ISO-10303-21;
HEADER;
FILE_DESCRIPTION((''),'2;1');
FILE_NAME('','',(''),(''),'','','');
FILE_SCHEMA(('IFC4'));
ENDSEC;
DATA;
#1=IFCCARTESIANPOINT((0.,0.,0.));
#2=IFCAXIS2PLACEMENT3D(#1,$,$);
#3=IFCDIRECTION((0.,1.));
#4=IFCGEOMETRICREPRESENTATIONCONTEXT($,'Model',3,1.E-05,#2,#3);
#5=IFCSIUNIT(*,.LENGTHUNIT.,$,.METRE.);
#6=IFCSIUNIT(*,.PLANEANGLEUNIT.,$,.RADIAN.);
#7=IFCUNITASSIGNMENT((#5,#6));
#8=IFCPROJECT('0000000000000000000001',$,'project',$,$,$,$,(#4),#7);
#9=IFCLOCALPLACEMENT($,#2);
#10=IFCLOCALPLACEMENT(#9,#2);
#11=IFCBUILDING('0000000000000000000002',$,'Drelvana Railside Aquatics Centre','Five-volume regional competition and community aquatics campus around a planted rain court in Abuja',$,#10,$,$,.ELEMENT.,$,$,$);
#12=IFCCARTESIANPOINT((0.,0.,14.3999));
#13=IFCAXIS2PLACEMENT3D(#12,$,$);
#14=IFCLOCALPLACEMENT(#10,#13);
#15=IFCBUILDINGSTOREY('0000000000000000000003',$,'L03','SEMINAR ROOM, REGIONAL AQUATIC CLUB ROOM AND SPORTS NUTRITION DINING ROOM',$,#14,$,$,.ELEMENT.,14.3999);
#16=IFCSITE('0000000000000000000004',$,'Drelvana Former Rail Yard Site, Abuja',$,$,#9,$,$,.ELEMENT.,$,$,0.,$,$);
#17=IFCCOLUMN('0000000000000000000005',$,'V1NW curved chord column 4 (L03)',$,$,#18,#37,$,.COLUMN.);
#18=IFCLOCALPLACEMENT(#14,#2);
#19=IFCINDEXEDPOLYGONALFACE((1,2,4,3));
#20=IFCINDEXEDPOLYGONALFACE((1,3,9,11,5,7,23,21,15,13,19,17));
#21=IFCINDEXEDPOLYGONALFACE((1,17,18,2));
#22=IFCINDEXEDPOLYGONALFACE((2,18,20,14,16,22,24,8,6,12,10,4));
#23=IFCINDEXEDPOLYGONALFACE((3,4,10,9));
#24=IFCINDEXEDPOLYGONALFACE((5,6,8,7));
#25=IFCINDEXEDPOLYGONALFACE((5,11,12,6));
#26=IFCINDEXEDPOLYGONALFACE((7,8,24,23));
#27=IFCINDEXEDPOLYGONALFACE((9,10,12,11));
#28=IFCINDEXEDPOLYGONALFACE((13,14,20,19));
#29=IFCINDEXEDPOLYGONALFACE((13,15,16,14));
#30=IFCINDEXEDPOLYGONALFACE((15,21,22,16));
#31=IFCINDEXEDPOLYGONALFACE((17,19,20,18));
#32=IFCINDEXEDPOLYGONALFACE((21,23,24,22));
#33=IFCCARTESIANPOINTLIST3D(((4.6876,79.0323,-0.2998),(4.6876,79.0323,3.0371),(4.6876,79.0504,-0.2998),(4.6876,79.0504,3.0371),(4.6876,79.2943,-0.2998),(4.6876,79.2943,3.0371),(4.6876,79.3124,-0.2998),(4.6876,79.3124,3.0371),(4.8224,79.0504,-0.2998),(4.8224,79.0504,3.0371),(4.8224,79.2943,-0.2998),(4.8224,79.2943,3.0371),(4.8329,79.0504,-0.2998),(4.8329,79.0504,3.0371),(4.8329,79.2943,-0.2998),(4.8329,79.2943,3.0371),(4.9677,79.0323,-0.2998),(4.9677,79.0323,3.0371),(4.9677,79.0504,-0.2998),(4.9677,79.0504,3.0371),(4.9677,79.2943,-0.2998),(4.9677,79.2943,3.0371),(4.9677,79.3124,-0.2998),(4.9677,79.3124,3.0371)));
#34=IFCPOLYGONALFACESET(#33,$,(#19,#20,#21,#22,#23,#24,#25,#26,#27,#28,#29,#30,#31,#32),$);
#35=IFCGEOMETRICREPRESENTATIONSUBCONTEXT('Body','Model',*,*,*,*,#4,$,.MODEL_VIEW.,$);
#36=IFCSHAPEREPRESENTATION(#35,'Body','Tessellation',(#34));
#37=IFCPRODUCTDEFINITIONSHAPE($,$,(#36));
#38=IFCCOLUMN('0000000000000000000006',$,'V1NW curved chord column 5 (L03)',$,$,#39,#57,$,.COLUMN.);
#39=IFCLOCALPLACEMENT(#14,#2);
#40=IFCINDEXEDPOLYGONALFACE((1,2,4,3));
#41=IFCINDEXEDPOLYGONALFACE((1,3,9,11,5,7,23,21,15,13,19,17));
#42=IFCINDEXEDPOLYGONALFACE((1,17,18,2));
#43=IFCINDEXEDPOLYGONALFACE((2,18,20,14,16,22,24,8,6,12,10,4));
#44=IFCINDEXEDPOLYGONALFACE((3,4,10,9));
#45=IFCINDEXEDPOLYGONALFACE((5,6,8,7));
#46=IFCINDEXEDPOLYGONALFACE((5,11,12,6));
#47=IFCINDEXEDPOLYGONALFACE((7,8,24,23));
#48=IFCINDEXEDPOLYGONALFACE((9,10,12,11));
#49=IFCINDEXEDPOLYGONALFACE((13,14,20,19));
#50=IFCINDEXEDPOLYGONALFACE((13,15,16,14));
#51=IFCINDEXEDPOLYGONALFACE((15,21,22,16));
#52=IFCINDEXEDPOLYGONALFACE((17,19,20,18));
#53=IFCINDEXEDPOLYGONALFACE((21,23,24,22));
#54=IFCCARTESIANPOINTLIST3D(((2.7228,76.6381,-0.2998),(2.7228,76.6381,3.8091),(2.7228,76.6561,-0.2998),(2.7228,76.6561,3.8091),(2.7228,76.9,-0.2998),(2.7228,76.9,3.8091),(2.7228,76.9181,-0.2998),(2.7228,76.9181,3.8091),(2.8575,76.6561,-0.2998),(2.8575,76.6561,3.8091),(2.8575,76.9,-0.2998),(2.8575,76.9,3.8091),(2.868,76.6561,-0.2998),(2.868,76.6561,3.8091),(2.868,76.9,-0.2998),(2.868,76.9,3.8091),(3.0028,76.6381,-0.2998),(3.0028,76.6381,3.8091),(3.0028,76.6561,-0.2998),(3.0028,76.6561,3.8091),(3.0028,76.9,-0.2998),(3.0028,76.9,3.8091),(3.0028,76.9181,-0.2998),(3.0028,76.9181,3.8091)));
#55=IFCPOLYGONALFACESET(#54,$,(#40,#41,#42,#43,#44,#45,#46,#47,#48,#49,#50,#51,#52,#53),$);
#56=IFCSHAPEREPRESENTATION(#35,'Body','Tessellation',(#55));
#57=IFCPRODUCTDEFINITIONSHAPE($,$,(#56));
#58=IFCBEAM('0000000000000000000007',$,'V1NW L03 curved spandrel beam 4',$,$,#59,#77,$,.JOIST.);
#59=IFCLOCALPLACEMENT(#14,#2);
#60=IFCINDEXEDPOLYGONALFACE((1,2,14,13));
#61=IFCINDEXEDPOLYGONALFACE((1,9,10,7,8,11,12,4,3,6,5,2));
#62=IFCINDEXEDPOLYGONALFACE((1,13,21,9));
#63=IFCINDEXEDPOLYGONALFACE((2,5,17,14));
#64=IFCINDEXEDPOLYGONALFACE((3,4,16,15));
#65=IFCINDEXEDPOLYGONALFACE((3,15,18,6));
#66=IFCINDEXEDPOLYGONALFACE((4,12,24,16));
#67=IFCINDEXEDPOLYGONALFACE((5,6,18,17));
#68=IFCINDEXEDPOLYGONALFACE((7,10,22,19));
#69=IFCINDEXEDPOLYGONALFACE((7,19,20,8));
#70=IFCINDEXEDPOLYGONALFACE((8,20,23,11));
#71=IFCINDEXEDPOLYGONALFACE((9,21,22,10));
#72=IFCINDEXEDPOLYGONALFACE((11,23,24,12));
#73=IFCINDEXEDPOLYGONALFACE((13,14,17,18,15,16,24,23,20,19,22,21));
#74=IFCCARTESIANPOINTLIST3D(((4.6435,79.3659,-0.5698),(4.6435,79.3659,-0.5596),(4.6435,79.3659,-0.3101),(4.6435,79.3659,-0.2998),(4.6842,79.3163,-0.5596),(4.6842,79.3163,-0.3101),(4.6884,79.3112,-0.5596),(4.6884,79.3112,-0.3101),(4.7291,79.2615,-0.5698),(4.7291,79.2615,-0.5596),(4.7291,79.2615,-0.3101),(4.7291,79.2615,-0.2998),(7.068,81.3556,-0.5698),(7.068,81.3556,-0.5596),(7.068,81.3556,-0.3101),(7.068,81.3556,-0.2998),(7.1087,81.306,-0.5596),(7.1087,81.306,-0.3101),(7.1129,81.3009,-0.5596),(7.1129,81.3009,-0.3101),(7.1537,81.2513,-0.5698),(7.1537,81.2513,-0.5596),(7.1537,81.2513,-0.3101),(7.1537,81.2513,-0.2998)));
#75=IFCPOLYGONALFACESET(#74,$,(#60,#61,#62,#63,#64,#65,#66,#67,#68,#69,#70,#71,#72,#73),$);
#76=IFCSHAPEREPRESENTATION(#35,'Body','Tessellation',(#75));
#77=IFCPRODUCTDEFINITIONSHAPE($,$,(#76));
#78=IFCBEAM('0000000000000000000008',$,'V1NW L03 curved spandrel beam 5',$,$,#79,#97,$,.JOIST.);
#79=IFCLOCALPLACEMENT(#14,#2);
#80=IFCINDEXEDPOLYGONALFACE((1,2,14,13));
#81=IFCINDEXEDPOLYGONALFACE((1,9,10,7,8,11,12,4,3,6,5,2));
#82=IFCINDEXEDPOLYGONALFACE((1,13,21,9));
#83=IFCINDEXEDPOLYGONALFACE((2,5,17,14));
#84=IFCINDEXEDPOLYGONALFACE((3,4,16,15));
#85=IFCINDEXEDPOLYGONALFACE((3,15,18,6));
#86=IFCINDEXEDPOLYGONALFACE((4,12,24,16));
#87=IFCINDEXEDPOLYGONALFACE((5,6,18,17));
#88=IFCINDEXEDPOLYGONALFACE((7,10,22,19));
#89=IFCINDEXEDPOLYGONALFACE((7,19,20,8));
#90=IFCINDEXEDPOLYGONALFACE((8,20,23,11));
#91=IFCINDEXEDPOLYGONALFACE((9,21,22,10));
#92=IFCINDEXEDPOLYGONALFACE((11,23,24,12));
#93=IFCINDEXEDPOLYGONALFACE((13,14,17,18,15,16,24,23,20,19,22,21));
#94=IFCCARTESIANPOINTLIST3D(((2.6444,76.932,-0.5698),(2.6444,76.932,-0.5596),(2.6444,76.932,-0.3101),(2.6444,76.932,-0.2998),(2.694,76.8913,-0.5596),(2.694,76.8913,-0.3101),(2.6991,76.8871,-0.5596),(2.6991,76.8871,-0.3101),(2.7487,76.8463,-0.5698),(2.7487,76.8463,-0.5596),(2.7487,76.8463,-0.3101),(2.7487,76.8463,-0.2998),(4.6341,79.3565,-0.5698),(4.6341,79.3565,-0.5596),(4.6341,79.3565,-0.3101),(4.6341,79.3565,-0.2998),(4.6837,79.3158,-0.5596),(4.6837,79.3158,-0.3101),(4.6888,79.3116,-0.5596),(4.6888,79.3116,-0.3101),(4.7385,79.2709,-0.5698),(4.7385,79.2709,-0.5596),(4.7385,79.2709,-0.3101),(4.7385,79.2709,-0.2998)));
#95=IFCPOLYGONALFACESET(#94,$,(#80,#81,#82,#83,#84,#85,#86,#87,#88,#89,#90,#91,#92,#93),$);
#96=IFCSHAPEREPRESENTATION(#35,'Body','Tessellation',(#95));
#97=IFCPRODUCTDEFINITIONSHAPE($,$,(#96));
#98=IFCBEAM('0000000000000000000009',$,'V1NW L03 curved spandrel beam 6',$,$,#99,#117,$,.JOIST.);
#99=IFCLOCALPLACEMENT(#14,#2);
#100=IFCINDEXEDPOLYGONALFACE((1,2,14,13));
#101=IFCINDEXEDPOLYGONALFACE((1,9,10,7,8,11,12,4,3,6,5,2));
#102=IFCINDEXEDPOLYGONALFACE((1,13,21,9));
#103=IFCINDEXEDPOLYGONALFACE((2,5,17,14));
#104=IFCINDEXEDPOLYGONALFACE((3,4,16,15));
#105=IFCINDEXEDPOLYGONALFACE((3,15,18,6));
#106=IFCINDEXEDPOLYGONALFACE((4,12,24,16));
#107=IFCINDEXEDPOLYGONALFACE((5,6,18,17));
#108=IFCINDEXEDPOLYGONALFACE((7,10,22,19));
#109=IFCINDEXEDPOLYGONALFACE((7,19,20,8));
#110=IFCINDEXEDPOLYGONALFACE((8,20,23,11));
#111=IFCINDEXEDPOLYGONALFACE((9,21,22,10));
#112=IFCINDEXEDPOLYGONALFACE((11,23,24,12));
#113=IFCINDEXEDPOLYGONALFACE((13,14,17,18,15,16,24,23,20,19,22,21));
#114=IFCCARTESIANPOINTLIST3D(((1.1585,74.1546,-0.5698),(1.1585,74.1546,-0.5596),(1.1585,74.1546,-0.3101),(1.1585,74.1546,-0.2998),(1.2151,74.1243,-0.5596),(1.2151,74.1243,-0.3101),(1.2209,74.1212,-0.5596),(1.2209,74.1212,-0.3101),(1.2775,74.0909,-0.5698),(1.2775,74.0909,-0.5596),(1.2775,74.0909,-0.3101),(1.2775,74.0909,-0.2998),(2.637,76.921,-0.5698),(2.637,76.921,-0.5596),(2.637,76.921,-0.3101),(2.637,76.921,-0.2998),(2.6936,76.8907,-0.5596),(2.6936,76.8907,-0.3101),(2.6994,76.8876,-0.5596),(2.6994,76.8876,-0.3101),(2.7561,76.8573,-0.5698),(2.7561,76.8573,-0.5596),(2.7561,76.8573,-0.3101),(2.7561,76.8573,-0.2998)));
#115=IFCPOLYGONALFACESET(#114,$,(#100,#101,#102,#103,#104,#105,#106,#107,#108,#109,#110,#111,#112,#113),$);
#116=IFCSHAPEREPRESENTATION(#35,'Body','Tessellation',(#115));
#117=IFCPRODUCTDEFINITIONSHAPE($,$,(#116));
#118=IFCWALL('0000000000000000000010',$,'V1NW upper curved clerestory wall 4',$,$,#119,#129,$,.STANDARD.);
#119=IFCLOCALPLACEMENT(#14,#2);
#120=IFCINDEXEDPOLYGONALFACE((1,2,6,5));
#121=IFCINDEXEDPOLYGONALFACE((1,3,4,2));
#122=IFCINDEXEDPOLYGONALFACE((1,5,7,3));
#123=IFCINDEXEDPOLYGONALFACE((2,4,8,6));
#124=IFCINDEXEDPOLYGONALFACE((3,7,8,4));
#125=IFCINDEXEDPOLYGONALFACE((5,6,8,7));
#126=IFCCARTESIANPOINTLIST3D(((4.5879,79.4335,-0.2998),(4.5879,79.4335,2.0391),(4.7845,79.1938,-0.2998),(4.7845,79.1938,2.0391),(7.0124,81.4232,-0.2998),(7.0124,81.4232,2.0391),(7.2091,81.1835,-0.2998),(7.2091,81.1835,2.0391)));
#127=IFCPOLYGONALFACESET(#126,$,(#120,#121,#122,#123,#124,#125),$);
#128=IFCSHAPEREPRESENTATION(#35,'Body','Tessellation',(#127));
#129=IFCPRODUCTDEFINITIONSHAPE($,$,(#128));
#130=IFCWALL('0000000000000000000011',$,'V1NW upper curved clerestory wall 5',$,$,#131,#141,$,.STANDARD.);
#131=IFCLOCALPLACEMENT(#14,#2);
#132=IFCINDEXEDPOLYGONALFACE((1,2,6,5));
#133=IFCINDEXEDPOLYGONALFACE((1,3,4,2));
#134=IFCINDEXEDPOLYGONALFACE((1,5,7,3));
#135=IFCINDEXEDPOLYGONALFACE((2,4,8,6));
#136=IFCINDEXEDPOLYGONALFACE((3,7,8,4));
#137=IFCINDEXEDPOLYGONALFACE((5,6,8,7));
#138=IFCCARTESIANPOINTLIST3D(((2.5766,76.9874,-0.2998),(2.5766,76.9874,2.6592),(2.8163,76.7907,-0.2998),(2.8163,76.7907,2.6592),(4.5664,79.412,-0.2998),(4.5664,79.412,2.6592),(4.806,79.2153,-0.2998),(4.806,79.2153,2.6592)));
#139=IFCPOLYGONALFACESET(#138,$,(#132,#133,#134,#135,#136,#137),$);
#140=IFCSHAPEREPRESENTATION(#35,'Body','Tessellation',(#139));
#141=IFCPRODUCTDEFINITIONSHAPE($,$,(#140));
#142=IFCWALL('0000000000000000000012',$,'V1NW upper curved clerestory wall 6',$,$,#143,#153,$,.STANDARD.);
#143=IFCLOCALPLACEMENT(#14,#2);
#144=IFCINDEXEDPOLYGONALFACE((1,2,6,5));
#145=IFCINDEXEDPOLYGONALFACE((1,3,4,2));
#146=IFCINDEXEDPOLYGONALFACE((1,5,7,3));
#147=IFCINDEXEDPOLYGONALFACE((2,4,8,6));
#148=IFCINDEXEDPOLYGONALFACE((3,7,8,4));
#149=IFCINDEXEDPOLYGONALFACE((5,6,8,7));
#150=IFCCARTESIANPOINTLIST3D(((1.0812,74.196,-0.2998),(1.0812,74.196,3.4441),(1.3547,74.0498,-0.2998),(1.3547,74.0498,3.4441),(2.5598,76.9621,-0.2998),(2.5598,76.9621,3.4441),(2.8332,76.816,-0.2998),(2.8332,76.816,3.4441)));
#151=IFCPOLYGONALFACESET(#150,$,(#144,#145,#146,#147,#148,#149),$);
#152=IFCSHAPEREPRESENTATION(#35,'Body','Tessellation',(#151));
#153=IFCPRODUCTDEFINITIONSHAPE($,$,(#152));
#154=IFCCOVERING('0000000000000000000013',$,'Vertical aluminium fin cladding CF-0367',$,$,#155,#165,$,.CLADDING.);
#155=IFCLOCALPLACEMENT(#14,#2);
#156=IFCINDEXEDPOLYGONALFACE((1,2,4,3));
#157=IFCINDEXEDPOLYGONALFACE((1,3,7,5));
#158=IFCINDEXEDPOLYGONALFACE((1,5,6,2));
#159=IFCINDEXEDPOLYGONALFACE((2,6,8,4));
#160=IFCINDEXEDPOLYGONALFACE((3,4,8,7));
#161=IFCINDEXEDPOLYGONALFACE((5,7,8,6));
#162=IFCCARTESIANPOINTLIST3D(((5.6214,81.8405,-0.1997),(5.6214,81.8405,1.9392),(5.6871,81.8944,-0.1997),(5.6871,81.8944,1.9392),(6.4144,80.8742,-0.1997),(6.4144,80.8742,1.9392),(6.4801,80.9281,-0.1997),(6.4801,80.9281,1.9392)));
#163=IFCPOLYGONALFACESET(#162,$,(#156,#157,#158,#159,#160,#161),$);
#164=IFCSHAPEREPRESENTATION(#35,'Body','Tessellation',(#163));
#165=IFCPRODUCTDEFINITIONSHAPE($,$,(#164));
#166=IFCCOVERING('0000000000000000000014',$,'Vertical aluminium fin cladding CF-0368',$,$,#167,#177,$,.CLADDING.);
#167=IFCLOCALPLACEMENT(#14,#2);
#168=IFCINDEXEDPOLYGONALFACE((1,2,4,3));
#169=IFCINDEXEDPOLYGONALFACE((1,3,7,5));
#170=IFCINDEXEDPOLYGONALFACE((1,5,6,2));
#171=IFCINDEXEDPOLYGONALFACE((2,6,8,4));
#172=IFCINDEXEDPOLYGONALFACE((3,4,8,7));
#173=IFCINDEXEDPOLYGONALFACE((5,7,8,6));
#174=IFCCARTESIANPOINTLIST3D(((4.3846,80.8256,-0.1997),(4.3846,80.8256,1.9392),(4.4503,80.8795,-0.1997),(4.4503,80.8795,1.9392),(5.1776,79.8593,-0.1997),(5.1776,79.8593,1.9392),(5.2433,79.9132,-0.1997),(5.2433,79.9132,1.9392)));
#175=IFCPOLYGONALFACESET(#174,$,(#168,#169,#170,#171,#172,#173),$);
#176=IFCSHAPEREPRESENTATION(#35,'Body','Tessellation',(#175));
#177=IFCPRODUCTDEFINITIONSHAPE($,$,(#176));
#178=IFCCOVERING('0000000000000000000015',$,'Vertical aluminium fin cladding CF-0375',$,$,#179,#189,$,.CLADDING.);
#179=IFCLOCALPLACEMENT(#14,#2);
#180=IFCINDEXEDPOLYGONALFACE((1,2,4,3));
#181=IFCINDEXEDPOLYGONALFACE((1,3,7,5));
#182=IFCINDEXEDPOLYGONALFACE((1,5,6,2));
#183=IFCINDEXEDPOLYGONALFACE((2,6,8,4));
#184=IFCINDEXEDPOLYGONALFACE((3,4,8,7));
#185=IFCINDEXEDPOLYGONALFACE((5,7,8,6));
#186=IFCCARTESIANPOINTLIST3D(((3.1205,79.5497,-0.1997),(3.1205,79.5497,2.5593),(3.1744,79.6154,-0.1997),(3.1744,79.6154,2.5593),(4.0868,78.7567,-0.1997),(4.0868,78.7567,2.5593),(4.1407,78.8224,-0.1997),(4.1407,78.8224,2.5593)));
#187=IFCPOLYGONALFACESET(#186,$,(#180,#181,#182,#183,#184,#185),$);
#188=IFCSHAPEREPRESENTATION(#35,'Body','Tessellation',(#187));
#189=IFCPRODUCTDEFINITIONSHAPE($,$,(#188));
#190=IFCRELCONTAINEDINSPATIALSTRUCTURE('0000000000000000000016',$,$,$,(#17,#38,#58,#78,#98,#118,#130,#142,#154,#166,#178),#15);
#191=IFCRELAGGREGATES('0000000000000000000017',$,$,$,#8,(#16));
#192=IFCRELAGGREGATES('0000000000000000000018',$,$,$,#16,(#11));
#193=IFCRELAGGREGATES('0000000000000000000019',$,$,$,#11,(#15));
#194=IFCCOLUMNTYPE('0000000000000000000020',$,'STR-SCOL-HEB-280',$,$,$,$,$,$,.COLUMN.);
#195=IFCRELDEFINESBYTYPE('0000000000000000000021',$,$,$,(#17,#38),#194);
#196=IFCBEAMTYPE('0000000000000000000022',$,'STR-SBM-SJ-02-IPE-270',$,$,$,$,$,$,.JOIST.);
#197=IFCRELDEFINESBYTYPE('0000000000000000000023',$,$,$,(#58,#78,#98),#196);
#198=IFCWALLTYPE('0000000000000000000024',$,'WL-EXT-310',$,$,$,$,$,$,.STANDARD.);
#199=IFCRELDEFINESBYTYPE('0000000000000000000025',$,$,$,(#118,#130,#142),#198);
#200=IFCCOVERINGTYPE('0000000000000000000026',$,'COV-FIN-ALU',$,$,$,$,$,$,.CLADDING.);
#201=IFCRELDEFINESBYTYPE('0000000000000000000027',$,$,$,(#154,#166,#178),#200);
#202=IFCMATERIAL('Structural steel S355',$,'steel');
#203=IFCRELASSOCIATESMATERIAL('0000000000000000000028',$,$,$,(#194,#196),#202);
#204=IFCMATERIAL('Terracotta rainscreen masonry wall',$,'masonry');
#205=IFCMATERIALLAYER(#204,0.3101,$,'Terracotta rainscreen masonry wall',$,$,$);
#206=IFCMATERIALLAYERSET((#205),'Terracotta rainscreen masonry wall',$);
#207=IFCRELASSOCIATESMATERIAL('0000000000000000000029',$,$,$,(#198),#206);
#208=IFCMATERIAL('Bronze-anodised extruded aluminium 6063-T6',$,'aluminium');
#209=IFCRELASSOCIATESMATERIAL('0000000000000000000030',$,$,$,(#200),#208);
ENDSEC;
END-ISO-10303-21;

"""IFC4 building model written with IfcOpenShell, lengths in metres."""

from ifc_helpers import new_model, si_unit, direction, frame, frame_2d, origin, origin_2d, place, context, subcontext, project, spatial, rectangle, i_section, extrude, material, layer, layer_set, material_profile, profile_set, type_object, element, save


model = new_model("IFC4")

# Units and contexts
model_context = context("Model", 3, precision=1e-05, world=origin(), true_north=direction((0.0, 1.0)))
body_context = subcontext(model_context, "Body", "Model", "MODEL_VIEW")
ifc_project = project(units=[si_unit("LENGTHUNIT", "METRE"), si_unit("PLANEANGLEUNIT", "RADIAN")], contexts=[model_context])

# Site, building, storey
site_placement = place(None, origin())
site = spatial("IfcSite", under=ifc_project, at=site_placement, Name="Drelvana Former Rail Yard Site, Abuja", CompositionType="ELEMENT", RefElevation=0.0)
building_placement = place(site_placement, origin())
building = spatial("IfcBuilding", under=site, at=building_placement, Name="Drelvana Railside Aquatics Centre", Description="Five-volume regional competition and community aquatics campus around a planted rain court in Abuja", CompositionType="ELEMENT")
storey_placement = place(building_placement, frame((0.0, 0.0, 14.3999)))
storey = spatial("IfcBuildingStorey", under=building, at=storey_placement, Name="L03", Description="SEMINAR ROOM, REGIONAL AQUATIC CLUB ROOM AND SPORTS NUTRITION DINING ROOM", CompositionType="ELEMENT", Elevation=14.3999)

# Columns
ifc_material_1 = material(Name="Structural steel S355", Category="steel")
ifc_material_profile_1 = material_profile(ifc_material_1, i_section(OverallWidth=0.28, OverallDepth=0.28, WebThickness=0.0105, FlangeThickness=0.0181, at=origin_2d()), Name="HEB 280")
ifc_profile_set_1 = profile_set([ifc_material_profile_1], Name="Structural steel S355")
column_type = type_object("IfcColumnType", Name="STR-SCOL-HEB-280", PredefinedType="COLUMN", material=ifc_profile_set_1)
column_1_placement = place(storey_placement, frame((4.8276, 79.1724, -0.2998), z_axis=(0.0, 0.0, 1.0), x_axis=(1.0, 0.0, 0.0)))
element("IfcColumn", 1, at=column_1_placement, inside=storey, type_object=column_type, Name="V1NW curved chord column 4 (L03)", PredefinedType="COLUMN", context=body_context, shape_type="SweptSolid", body=[
    extrude(i_section(OverallWidth=0.28, OverallDepth=0.28, WebThickness=0.0105, FlangeThickness=0.0181, at=origin_2d()), origin(), (0.0, 0.0, 1.0), 3.3369),
])
column_2_placement = place(storey_placement, frame((2.8628, 76.7781, -0.2998), z_axis=(0.0, 0.0, 1.0), x_axis=(1.0, 0.0, 0.0)))
element("IfcColumn", 2, at=column_2_placement, inside=storey, type_object=column_type, Name="V1NW curved chord column 5 (L03)", PredefinedType="COLUMN", context=body_context, shape_type="SweptSolid", body=[
    extrude(i_section(OverallWidth=0.28, OverallDepth=0.28, WebThickness=0.0105, FlangeThickness=0.0181, at=origin_2d()), origin(), (0.0, 0.0, 1.0), 4.1089),
])

# Beams
ifc_material_profile_2 = material_profile(ifc_material_1, i_section(OverallWidth=0.135, OverallDepth=0.27, WebThickness=0.0066, FlangeThickness=0.0103, at=origin_2d()), Name="IPE 270")
ifc_profile_set_2 = profile_set([ifc_material_profile_2], Name="Structural steel S355")
beam_type = type_object("IfcBeamType", Name="STR-SBM-SJ-02-IPE-270", PredefinedType="JOIST", material=ifc_profile_set_2)
for number, where, z_axis, x_axis, name in (
    (3, (7.1108, 81.3035, -0.4348), (-0.773017, -0.634386, 0.0), (0.634386, -0.773017, 0.0), "V1NW L03 curved spandrel beam 4"),
    (4, (4.6863, 79.3137, -0.4348), (-0.634386, -0.773017, 0.0), (0.773017, -0.634386, 0.0), "V1NW L03 curved spandrel beam 5"),
):
    element("IfcBeam", number, at=place(storey_placement, frame(where, z_axis=z_axis, x_axis=x_axis)), inside=storey, type_object=beam_type, Name=name, PredefinedType="JOIST", context=body_context, shape_type="SweptSolid", body=[
        extrude(i_section(OverallWidth=0.135, OverallDepth=0.27, WebThickness=0.0066, FlangeThickness=0.0103, at=origin_2d()), origin(), (0.0, 0.0, 1.0), 3.1365),
    ])
beam_placement = place(storey_placement, frame((2.6965, 76.8892, -0.4348), z_axis=(-0.471364, -0.881939, 0.0), x_axis=(0.881939, -0.471364, 0.0)))
element("IfcBeam", 5, at=beam_placement, inside=storey, type_object=beam_type, Name="V1NW L03 curved spandrel beam 6", PredefinedType="JOIST", context=body_context, shape_type="SweptSolid", body=[
    extrude(i_section(OverallWidth=0.135, OverallDepth=0.27, WebThickness=0.0066, FlangeThickness=0.0103, at=origin_2d()), origin(), (0.0, 0.0, 1.0), 3.1367),
])

# Walls
ifc_material_2 = material(Name="Terracotta rainscreen masonry wall", Category="masonry")
ifc_layer = layer(ifc_material_2, 0.3101, Name="Terracotta rainscreen masonry wall")
ifc_layer_set = layer_set([ifc_layer], Name="Terracotta rainscreen masonry wall")
wall_type = type_object("IfcWallType", Name="WL-EXT-310", PredefinedType="STANDARD", material=ifc_layer_set)
wall_1_placement = place(storey_placement, frame((7.1108, 81.3035, -0.2998), z_axis=(0.0, 0.0, 1.0), x_axis=(-0.773017, -0.634386, 0.0)))
element("IfcWall", 6, at=wall_1_placement, inside=storey, type_object=wall_type, Name="V1NW upper curved clerestory wall 4", PredefinedType="STANDARD", context=body_context, shape_type="SweptSolid", body=[
    extrude(rectangle(XDim=3.1365, YDim=0.3101, at=frame_2d((1.5684, 0.0))), origin(), (0.0, 0.0, 1.0), 2.3389),
])
wall_2_placement = place(storey_placement, frame((4.6863, 79.3137, -0.2998), z_axis=(0.0, 0.0, 1.0), x_axis=(-0.634386, -0.773017, 0.0)))
element("IfcWall", 7, at=wall_2_placement, inside=storey, type_object=wall_type, Name="V1NW upper curved clerestory wall 5", PredefinedType="STANDARD", context=body_context, shape_type="SweptSolid", body=[
    extrude(rectangle(XDim=3.1365, YDim=0.3101, at=frame_2d((1.5684, 0.0))), origin(), (0.0, 0.0, 1.0), 2.959),
])
wall_3_placement = place(storey_placement, frame((2.6965, 76.8892, -0.2998), z_axis=(0.0, 0.0, 1.0), x_axis=(-0.471396, -0.881922, 0.0)))
element("IfcWall", 8, at=wall_3_placement, inside=storey, type_object=wall_type, Name="V1NW upper curved clerestory wall 6", PredefinedType="STANDARD", context=body_context, shape_type="SweptSolid", body=[
    extrude(rectangle(XDim=3.1365, YDim=0.3101, at=frame_2d((1.5684, 0.0))), origin(), (0.0, 0.0, 1.0), 3.7439),
])

# Coverings
ifc_material_3 = material(Name="Bronze-anodised extruded aluminium 6063-T6", Category="aluminium")
covering_type = type_object("IfcCoveringType", Name="COV-FIN-ALU", PredefinedType="CLADDING", material=ifc_material_3)
for number, where, z_axis, x_axis, name in (
    (9, (6.0508, 81.3843, -0.1997), (0.0, 0.0, 1.0), (0.77301, 0.634393, 0.0), "Vertical aluminium fin cladding CF-0367"),
    (10, (4.814, 80.3694, -0.1997), (0.0, 0.0, 1.0), (0.77301, 0.634393, 0.0), "Vertical aluminium fin cladding CF-0368"),
):
    element("IfcCovering", number, at=place(storey_placement, frame(where, z_axis=z_axis, x_axis=x_axis)), inside=storey, type_object=covering_type, Name=name, PredefinedType="CLADDING", context=body_context, shape_type="SweptSolid", body=[
        extrude(rectangle(XDim=0.085, YDim=1.25, at=origin_2d()), origin(), (0.0, 0.0, 1.0), 2.1389),
    ])
for number, where, z_axis, x_axis, name in (
    (11, (3.6306, 79.186, -0.1997), (0.0, 0.0, 1.0), (0.634393, 0.77301, 0.0), "Vertical aluminium fin cladding CF-0375"),
):
    element("IfcCovering", number, at=place(storey_placement, frame(where, z_axis=z_axis, x_axis=x_axis)), inside=storey, type_object=covering_type, Name=name, PredefinedType="CLADDING", context=body_context, shape_type="SweptSolid", body=[
        extrude(rectangle(XDim=0.085, YDim=1.25, at=origin_2d()), origin(), (0.0, 0.0, 1.0), 2.759),
    ])

save(model, "model.ifc")
